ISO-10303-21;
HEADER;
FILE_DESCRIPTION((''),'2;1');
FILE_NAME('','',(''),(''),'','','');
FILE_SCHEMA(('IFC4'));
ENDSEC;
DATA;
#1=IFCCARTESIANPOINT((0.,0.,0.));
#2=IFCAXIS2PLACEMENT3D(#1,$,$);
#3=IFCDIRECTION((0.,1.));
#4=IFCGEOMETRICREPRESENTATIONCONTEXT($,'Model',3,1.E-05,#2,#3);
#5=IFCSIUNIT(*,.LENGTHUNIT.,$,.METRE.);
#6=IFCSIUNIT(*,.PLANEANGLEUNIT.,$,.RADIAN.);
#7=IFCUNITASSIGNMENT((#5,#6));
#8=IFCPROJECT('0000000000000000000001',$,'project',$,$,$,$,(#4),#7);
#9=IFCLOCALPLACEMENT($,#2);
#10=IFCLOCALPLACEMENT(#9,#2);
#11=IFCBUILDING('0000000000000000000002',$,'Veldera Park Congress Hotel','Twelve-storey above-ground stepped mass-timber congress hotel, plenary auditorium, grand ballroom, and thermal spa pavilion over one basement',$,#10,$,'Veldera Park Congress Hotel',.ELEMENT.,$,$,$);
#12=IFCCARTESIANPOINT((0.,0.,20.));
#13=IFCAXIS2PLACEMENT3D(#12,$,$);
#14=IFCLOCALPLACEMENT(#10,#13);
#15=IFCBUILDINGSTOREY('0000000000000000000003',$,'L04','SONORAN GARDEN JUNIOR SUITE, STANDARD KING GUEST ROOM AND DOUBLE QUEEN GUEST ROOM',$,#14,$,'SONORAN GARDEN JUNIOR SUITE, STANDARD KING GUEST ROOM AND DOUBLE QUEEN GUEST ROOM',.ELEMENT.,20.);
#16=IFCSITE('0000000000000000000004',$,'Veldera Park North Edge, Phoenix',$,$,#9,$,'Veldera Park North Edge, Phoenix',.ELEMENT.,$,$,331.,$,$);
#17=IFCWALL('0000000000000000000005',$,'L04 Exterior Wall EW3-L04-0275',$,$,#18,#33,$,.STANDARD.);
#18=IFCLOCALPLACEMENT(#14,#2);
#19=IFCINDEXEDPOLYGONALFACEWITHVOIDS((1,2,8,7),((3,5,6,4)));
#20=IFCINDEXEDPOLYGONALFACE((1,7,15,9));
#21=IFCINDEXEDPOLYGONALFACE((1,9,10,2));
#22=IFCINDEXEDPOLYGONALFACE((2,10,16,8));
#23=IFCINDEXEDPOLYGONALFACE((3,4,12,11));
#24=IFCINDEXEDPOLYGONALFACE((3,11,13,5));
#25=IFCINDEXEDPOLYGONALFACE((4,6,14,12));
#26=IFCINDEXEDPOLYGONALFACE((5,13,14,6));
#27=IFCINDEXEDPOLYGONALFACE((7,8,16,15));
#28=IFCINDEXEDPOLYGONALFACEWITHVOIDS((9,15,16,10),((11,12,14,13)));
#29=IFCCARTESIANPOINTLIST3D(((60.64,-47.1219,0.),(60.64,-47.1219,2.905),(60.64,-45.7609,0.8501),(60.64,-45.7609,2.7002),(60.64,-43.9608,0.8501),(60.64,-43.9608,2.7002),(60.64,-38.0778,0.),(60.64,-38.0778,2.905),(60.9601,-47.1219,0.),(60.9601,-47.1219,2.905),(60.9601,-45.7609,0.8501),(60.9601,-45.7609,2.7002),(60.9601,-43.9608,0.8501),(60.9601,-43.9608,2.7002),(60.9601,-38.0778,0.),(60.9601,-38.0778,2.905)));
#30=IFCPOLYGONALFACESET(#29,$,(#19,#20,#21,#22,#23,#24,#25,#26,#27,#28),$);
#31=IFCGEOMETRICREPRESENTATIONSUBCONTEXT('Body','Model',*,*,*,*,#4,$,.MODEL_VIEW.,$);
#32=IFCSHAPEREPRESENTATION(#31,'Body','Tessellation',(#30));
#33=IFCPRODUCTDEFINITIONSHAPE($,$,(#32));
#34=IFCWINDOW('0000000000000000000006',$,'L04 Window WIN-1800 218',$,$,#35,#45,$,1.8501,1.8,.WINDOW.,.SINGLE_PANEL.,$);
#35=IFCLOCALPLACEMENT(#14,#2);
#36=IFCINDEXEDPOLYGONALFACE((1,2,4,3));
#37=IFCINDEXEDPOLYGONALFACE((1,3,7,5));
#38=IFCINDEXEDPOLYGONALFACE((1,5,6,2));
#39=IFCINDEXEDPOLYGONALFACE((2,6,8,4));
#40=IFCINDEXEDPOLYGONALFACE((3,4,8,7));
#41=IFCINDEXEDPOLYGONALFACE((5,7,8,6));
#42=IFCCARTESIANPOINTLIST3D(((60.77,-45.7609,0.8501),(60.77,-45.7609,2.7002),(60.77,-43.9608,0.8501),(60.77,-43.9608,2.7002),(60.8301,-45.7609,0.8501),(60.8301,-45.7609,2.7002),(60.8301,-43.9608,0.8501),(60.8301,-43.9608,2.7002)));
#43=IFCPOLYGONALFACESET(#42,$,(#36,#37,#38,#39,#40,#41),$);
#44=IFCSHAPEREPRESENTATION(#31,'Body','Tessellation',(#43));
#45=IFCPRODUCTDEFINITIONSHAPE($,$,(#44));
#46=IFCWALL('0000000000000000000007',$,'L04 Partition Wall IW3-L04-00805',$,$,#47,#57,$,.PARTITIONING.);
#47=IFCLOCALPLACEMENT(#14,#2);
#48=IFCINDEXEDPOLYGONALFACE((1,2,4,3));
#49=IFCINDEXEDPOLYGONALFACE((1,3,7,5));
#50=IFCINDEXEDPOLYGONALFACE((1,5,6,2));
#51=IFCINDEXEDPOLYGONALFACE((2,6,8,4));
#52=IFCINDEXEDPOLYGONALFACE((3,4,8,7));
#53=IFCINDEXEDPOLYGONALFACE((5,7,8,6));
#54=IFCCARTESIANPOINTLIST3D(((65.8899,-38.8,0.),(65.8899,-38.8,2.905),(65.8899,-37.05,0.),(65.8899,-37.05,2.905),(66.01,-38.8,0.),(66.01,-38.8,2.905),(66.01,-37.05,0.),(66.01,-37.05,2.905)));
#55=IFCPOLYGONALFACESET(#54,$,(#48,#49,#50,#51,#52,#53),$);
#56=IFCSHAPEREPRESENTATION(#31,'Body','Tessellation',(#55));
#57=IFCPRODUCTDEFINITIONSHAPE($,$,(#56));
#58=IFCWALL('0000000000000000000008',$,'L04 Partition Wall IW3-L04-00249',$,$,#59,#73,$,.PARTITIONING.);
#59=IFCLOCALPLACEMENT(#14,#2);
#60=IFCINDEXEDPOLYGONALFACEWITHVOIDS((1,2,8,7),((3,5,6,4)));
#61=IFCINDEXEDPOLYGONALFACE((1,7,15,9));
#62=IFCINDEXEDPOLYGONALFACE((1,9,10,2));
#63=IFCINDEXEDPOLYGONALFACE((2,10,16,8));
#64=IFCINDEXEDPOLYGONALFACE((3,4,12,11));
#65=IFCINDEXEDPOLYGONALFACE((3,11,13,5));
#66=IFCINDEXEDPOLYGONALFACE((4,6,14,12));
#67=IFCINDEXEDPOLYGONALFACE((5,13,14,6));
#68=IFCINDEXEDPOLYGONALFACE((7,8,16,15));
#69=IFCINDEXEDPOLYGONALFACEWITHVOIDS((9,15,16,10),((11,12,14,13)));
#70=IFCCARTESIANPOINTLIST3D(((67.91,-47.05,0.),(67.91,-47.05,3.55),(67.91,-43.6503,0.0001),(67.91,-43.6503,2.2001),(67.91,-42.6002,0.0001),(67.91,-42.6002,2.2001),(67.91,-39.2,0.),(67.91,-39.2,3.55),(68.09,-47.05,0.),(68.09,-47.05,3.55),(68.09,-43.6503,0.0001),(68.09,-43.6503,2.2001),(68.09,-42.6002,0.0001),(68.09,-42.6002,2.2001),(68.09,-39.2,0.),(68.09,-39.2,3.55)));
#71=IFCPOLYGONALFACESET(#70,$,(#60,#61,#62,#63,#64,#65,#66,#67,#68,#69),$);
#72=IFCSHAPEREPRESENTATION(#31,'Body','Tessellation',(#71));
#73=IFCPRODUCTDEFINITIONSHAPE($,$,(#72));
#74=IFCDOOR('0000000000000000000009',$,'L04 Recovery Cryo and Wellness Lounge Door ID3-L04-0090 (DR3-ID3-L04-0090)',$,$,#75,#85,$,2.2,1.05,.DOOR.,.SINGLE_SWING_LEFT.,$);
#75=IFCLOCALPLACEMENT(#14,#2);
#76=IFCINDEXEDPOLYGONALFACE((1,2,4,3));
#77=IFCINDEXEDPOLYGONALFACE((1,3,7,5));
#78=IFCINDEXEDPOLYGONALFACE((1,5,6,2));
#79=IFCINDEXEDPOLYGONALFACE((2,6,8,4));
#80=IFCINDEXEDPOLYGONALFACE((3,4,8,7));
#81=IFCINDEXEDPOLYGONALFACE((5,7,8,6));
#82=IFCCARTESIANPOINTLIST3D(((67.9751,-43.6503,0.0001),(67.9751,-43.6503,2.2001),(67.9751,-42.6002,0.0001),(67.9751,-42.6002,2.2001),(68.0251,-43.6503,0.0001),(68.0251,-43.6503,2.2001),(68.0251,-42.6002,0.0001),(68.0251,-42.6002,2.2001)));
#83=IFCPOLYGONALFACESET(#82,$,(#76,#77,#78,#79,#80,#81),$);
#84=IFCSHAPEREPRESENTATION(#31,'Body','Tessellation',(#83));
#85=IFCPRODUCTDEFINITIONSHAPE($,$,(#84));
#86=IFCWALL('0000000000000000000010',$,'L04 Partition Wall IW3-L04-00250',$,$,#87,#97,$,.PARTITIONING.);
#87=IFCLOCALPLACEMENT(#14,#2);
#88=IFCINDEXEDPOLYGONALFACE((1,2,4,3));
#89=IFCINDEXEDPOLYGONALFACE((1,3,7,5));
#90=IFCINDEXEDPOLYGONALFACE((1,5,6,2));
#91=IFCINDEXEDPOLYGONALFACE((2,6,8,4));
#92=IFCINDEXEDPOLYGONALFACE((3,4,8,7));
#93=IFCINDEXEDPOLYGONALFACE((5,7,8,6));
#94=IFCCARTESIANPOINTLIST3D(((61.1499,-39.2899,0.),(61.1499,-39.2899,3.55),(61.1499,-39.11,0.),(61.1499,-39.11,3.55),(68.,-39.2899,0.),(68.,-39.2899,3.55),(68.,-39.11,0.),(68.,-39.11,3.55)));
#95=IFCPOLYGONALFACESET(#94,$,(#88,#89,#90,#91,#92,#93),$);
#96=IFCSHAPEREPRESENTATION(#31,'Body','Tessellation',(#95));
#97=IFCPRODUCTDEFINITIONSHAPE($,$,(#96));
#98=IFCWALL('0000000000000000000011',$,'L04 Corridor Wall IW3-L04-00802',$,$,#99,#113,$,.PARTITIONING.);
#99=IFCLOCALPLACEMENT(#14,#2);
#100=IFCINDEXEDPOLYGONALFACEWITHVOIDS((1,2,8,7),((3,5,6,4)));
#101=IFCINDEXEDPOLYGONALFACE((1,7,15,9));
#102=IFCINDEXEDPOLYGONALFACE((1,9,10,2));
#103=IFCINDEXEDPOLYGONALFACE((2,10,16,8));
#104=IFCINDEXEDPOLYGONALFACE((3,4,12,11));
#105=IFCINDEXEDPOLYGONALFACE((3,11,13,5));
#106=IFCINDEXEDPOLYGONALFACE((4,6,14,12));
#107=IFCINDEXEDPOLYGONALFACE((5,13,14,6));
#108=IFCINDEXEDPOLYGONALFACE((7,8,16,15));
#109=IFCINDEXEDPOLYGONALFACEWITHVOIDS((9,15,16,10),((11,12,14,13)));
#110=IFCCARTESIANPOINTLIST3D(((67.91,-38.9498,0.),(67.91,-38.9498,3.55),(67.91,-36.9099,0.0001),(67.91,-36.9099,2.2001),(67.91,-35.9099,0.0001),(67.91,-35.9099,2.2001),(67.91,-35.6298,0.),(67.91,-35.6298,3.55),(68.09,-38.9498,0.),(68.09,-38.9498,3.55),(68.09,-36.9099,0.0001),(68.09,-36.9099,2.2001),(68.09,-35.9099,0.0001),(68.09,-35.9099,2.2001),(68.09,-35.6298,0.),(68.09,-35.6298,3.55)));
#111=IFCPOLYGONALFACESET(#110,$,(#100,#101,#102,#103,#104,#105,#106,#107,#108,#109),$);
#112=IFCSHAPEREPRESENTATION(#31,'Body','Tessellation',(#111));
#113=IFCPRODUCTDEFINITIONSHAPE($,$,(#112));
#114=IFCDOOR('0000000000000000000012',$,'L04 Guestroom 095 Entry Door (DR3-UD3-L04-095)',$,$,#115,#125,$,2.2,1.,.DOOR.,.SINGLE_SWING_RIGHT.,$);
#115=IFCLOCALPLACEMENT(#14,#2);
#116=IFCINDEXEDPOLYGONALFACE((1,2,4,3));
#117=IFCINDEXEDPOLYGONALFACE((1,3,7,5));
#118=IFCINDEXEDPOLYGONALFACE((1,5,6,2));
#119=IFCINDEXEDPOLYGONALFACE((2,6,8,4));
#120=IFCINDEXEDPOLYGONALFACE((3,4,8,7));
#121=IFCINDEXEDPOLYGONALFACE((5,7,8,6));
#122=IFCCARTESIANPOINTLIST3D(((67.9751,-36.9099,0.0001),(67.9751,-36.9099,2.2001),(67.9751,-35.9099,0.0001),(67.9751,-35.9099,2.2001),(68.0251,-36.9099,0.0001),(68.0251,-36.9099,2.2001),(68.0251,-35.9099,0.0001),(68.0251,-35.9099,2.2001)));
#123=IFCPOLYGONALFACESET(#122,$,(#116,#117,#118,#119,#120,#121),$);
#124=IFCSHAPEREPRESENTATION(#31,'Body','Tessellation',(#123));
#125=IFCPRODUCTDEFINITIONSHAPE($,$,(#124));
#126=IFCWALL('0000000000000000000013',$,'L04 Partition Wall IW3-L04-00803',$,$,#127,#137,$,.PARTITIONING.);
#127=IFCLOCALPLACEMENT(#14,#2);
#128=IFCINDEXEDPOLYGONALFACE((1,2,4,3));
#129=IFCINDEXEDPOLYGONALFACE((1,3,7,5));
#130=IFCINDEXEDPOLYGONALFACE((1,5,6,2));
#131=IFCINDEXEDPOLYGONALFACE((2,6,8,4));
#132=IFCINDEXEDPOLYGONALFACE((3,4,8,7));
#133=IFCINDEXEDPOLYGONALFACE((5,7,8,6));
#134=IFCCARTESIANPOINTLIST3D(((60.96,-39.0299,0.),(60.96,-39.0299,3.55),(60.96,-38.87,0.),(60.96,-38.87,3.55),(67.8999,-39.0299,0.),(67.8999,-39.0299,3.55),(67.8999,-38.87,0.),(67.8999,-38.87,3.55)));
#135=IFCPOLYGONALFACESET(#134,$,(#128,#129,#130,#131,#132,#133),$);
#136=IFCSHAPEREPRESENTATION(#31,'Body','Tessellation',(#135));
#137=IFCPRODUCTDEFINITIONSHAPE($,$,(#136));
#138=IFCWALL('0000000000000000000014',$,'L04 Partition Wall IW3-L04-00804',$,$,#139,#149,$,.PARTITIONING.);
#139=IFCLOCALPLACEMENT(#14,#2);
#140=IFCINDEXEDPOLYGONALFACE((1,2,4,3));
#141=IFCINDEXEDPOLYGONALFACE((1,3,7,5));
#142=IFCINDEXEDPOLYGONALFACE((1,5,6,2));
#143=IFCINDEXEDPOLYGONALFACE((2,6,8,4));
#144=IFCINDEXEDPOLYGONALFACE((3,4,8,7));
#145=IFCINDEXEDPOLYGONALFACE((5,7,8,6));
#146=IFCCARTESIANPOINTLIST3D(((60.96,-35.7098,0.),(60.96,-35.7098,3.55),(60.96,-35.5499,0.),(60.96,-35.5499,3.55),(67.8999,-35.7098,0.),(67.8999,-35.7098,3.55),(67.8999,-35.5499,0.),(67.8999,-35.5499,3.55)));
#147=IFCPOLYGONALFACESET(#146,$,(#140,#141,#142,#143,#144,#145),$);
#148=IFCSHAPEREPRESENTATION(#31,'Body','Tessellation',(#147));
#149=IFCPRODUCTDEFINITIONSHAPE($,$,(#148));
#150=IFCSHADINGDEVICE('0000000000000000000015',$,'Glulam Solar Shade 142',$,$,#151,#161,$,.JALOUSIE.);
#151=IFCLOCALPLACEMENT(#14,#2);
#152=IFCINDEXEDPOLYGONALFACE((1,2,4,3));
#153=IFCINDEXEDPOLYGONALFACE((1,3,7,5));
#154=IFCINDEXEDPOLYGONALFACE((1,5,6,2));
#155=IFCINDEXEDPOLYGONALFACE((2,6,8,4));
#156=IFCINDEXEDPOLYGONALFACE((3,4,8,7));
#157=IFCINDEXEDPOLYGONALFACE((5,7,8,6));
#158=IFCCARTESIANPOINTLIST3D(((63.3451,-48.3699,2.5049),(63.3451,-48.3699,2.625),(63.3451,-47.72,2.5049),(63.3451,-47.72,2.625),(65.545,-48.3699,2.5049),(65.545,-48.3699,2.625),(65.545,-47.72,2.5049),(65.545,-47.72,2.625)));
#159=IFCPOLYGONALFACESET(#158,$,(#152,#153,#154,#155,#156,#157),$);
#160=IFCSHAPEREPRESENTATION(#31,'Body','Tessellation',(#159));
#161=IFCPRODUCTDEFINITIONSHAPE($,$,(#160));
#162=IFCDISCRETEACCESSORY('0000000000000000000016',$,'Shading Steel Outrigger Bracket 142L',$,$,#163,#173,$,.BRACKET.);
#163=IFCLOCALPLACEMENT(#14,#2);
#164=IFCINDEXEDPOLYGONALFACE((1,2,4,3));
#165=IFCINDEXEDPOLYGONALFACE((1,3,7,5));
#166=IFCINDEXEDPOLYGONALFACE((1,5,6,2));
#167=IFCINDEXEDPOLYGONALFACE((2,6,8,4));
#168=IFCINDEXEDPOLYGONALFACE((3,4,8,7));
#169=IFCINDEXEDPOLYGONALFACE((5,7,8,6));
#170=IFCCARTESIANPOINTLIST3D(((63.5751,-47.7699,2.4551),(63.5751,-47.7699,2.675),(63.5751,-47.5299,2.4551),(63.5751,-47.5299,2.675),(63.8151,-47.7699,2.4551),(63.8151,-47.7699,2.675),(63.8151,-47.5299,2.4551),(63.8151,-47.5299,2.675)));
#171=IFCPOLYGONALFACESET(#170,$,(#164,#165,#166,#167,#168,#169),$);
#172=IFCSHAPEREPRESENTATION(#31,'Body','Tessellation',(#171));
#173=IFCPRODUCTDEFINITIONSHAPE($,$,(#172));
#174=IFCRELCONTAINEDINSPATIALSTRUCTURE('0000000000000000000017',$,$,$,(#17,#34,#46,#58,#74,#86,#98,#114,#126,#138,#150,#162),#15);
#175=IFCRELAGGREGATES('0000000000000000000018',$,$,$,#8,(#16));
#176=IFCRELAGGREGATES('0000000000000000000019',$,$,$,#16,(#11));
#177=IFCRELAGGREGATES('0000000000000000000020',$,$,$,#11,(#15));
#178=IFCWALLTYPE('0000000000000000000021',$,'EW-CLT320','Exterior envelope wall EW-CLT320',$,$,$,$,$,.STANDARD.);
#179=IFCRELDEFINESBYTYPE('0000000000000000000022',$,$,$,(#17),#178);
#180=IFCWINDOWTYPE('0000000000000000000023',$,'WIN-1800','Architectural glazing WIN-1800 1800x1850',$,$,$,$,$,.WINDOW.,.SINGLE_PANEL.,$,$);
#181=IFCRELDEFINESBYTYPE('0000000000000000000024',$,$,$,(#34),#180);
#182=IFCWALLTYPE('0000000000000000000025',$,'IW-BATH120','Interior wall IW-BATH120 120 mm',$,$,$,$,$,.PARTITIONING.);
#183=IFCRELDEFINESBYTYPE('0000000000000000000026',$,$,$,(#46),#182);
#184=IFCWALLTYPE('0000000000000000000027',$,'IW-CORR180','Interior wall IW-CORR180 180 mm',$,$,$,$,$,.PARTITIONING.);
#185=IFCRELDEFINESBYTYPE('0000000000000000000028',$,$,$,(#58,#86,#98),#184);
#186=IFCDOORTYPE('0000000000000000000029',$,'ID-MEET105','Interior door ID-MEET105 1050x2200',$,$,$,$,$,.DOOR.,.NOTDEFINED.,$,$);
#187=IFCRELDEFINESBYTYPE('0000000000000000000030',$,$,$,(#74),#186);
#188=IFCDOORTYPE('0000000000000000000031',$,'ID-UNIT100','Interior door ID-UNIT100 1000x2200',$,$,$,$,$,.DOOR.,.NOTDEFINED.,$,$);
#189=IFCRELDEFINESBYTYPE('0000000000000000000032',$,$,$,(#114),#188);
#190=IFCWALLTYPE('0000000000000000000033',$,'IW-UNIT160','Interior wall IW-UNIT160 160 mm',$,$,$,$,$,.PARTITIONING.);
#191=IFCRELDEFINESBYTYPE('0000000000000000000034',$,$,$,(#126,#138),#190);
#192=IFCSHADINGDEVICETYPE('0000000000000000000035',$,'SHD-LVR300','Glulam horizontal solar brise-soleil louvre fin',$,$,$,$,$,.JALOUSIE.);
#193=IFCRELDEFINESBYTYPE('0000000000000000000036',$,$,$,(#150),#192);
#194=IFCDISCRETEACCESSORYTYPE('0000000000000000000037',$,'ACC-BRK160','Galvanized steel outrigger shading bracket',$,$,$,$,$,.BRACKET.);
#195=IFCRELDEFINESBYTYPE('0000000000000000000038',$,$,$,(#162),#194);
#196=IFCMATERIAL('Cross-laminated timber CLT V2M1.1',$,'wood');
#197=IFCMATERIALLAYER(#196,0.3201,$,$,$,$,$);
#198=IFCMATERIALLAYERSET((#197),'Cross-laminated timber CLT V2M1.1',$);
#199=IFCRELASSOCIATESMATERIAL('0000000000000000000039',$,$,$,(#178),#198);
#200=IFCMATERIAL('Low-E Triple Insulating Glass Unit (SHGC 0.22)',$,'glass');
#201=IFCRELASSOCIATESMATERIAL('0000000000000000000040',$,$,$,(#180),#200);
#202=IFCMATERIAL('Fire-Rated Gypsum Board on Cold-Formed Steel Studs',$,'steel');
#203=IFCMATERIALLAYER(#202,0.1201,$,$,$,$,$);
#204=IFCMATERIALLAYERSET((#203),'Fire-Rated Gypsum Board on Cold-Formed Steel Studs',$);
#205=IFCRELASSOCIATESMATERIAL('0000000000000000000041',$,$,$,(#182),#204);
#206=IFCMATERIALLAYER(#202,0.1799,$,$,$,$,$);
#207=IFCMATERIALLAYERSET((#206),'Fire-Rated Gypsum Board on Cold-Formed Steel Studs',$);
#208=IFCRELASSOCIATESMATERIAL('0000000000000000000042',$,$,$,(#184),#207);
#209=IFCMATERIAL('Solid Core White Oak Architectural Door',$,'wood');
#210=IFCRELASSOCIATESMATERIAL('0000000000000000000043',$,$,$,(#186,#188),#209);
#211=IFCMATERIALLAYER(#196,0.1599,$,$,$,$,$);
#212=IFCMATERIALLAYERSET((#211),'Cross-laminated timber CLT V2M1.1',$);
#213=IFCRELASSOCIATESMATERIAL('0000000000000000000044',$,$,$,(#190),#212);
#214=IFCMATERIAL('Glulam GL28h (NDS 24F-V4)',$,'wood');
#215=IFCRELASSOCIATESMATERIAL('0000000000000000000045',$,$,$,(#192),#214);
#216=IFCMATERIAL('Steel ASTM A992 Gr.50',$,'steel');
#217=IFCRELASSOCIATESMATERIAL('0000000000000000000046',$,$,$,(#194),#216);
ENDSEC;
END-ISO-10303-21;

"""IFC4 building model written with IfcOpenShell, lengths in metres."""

from ifc_helpers import new_model, si_unit, direction, frame, frame_2d, origin, origin_2d, place, context, subcontext, project, spatial, rectangle, extrude, material, layer, layer_set, type_object, element, fill, save


model = new_model("IFC4")

# Units and contexts
model_context = context("Model", 3, precision=1e-05, world=origin(), true_north=direction((0.0, 1.0)))
body_context = subcontext(model_context, "Body", "Model", "MODEL_VIEW")
ifc_project = project(units=[si_unit("LENGTHUNIT", "METRE"), si_unit("PLANEANGLEUNIT", "RADIAN")], contexts=[model_context])

# Site, building, storey
site_placement = place(None, origin())
site = spatial("IfcSite", under=ifc_project, at=site_placement, Name="Veldera Park North Edge, Phoenix", LongName="Veldera Park North Edge, Phoenix", CompositionType="ELEMENT", RefElevation=331.0)
building_placement = place(site_placement, origin())
building = spatial("IfcBuilding", under=site, at=building_placement, Name="Veldera Park Congress Hotel", Description="Twelve-storey above-ground stepped mass-timber congress hotel, plenary auditorium, grand ballroom, and thermal spa pavilion over one basement", LongName="Veldera Park Congress Hotel", CompositionType="ELEMENT")
storey_placement = place(building_placement, frame((0.0, 0.0, 20.0)))
storey = spatial("IfcBuildingStorey", under=building, at=storey_placement, Name="L04", Description="SONORAN GARDEN JUNIOR SUITE, STANDARD KING GUEST ROOM AND DOUBLE QUEEN GUEST ROOM", LongName="SONORAN GARDEN JUNIOR SUITE, STANDARD KING GUEST ROOM AND DOUBLE QUEEN GUEST ROOM", CompositionType="ELEMENT", Elevation=20.0)

# Shared definitions
ifc_material_1 = material(Name="Glulam GL28h (NDS 24F-V4)", Category="wood")

# Shared definitions
ifc_material_2 = material(Name="Cross-laminated timber CLT V2M1.1", Category="wood")
ifc_layer_1 = layer(ifc_material_2, 0.3201)
ifc_layer_set_1 = layer_set([ifc_layer_1], Name="Cross-laminated timber CLT V2M1.1")
wall_type_1 = type_object("IfcWallType", Name="EW-CLT320", Description="Exterior envelope wall EW-CLT320", PredefinedType="STANDARD", material=ifc_layer_set_1)
ifc_material_3 = material(Name="Low-E Triple Insulating Glass Unit (SHGC 0.22)", Category="glass")
window_type = type_object("IfcWindowType", Name="WIN-1800", Description="Architectural glazing WIN-1800 1800x1850", PartitioningType="SINGLE_PANEL", PredefinedType="WINDOW", material=ifc_material_3)

# Wall, opening, window
wall_1_placement = place(storey_placement, frame((60.8, -38.0779, 0.0), z_axis=(0.0, 0.0, 1.0), x_axis=(0.0, -1.0, 0.0)))
wall_1 = element("IfcWall", 1, at=wall_1_placement, inside=storey, type_object=wall_type_1, Name="L04 Exterior Wall EW3-L04-0275", PredefinedType="STANDARD", context=body_context, shape_type="SweptSolid", body=[
    extrude(rectangle(XDim=9.0442, YDim=0.3201, at=frame_2d((4.522, 0.0))), origin(), (0.0, 0.0, 1.0), 2.905),
])
opening_1_placement = place(wall_1_placement, frame((5.8831, 0.0, 0.8501)))
opening_1 = element("IfcOpeningElement", 2, at=opening_1_placement, cuts=wall_1, PredefinedType="OPENING", context=body_context, shape_type="SweptSolid", body=[
    extrude(rectangle(XDim=1.8, YDim=1.8501, at=frame_2d((0.8999, 0.925))), frame((0.0, 0.1721, 0.0), z_axis=(0.0, -1.0, 0.0), x_axis=(1.0, 0.0, 0.0)), (0.0, 0.0, 1.0), 0.344),
])
window_1_placement = place(opening_1_placement, origin())
window_1 = element("IfcWindow", 3, at=window_1_placement, inside=storey, type_object=window_type, Name="L04 Window WIN-1800 218", OverallHeight=1.8501, OverallWidth=1.8, PartitioningType="SINGLE_PANEL", PredefinedType="WINDOW", context=body_context, shape_type="SweptSolid", body=[
    extrude(rectangle(XDim=1.8, YDim=1.8501, at=frame_2d((0.8999, 0.925))), frame((0.0, 0.03, 0.0), z_axis=(0.0, -1.0, 0.0), x_axis=(1.0, 0.0, 0.0)), (0.0, 0.0, 1.0), 0.0601),
])
fill(opening_1, window_1)

# Wall
ifc_material_4 = material(Name="Fire-Rated Gypsum Board on Cold-Formed Steel Studs", Category="steel")
ifc_layer_2 = layer(ifc_material_4, 0.1201)
ifc_layer_set_2 = layer_set([ifc_layer_2], Name="Fire-Rated Gypsum Board on Cold-Formed Steel Studs")
wall_type_2 = type_object("IfcWallType", Name="IW-BATH120", Description="Interior wall IW-BATH120 120 mm", PredefinedType="PARTITIONING", material=ifc_layer_set_2)
wall_2_placement = place(storey_placement, frame((65.95, -38.8, 0.0), z_axis=(0.0, 0.0, 1.0), x_axis=(0.0, 1.0, 0.0)))
element("IfcWall", 4, at=wall_2_placement, inside=storey, type_object=wall_type_2, Name="L04 Partition Wall IW3-L04-00805", PredefinedType="PARTITIONING", context=body_context, shape_type="SweptSolid", body=[
    extrude(rectangle(XDim=1.75, YDim=0.1201, at=frame_2d((0.875, 0.0))), origin(), (0.0, 0.0, 1.0), 2.905),
])

# Wall, opening, door
ifc_material_5 = material(Name="Solid Core White Oak Architectural Door", Category="wood")
ifc_layer_3 = layer(ifc_material_4, 0.1799)
ifc_layer_set_3 = layer_set([ifc_layer_3], Name="Fire-Rated Gypsum Board on Cold-Formed Steel Studs")
wall_type_3 = type_object("IfcWallType", Name="IW-CORR180", Description="Interior wall IW-CORR180 180 mm", PredefinedType="PARTITIONING", material=ifc_layer_set_3)
wall_3_placement = place(storey_placement, frame((68.0, -47.05, 0.0), z_axis=(0.0, 0.0, 1.0), x_axis=(0.0, 1.0, 0.0)))
wall_3 = element("IfcWall", 5, at=wall_3_placement, inside=storey, type_object=wall_type_3, Name="L04 Partition Wall IW3-L04-00249", PredefinedType="PARTITIONING", context=body_context, shape_type="SweptSolid", body=[
    extrude(rectangle(XDim=7.8501, YDim=0.1799, at=frame_2d((3.925, 0.0))), origin(), (0.0, 0.0, 1.0), 3.55),
])
opening_2_placement = place(wall_3_placement, frame((3.3999, 0.0, 0.0)))
opening_2 = element("IfcOpeningElement", 6, at=opening_2_placement, cuts=wall_3, PredefinedType="OPENING", context=body_context, shape_type="SweptSolid", body=[
    extrude(rectangle(XDim=1.05, YDim=2.2, at=frame_2d((0.5249, 1.1001))), frame((0.0, 0.1021, 0.0), z_axis=(0.0, -1.0, 0.0), x_axis=(1.0, 0.0, 0.0)), (0.0, 0.0, 1.0), 0.2039),
])
door_type_1 = type_object("IfcDoorType", Name="ID-MEET105", Description="Interior door ID-MEET105 1050x2200", OperationType="NOTDEFINED", PredefinedType="DOOR", material=ifc_material_5)
door_1_placement = place(opening_2_placement, origin())
door_1 = element("IfcDoor", 7, at=door_1_placement, inside=storey, type_object=door_type_1, Name="L04 Recovery Cryo and Wellness Lounge Door ID3-L04-0090 (DR3-ID3-L04-0090)", OperationType="SINGLE_SWING_LEFT", OverallHeight=2.2, OverallWidth=1.05, PredefinedType="DOOR", context=body_context, shape_type="SweptSolid", body=[
    extrude(rectangle(XDim=1.05, YDim=2.2, at=frame_2d((0.5249, 1.1001))), frame((0.0, 0.0249, 0.0), z_axis=(0.0, -1.0, 0.0), x_axis=(1.0, 0.0, 0.0)), (0.0, 0.0, 1.0), 0.05),
])
fill(opening_2, door_1)

# Wall
wall_4_placement = place(storey_placement, frame((68.0, -39.2, 0.0), z_axis=(0.0, 0.0, 1.0), x_axis=(-1.0, 0.0, 0.0)))
element("IfcWall", 8, at=wall_4_placement, inside=storey, type_object=wall_type_3, Name="L04 Partition Wall IW3-L04-00250", PredefinedType="PARTITIONING", context=body_context, shape_type="SweptSolid", body=[
    extrude(rectangle(XDim=6.8501, YDim=0.1799, at=frame_2d((3.425, 0.0))), origin(), (0.0, 0.0, 1.0), 3.55),
])

# Wall, opening, door
wall_5_placement = place(storey_placement, frame((68.0, -38.95, 0.0), z_axis=(0.0, 0.0, 1.0), x_axis=(0.0, 1.0, 0.0)))
wall_5 = element("IfcWall", 9, at=wall_5_placement, inside=storey, type_object=wall_type_3, Name="L04 Corridor Wall IW3-L04-00802", PredefinedType="PARTITIONING", context=body_context, shape_type="SweptSolid", body=[
    extrude(rectangle(XDim=3.3201, YDim=0.1799, at=frame_2d((1.6602, 0.0))), origin(), (0.0, 0.0, 1.0), 3.55),
])
opening_3_placement = place(wall_5_placement, frame((2.04, 0.0, 0.0)))
opening_3 = element("IfcOpeningElement", 10, at=opening_3_placement, cuts=wall_5, PredefinedType="OPENING", context=body_context, shape_type="SweptSolid", body=[
    extrude(rectangle(XDim=1.0, YDim=2.2, at=frame_2d((0.5, 1.1001))), frame((0.0, 0.1021, 0.0), z_axis=(0.0, -1.0, 0.0), x_axis=(1.0, 0.0, 0.0)), (0.0, 0.0, 1.0), 0.2039),
])
door_type_2 = type_object("IfcDoorType", Name="ID-UNIT100", Description="Interior door ID-UNIT100 1000x2200", OperationType="NOTDEFINED", PredefinedType="DOOR", material=ifc_material_5)
door_2_placement = place(opening_3_placement, origin())
door_2 = element("IfcDoor", 11, at=door_2_placement, inside=storey, type_object=door_type_2, Name="L04 Guestroom 095 Entry Door (DR3-UD3-L04-095)", OperationType="SINGLE_SWING_RIGHT", OverallHeight=2.2, OverallWidth=1.0, PredefinedType="DOOR", context=body_context, shape_type="SweptSolid", body=[
    extrude(rectangle(XDim=1.0, YDim=2.2, at=frame_2d((0.5, 1.1001))), frame((0.0, 0.0249, 0.0), z_axis=(0.0, -1.0, 0.0), x_axis=(1.0, 0.0, 0.0)), (0.0, 0.0, 1.0), 0.05),
])
fill(opening_3, door_2)

# Walls
ifc_layer_4 = layer(ifc_material_2, 0.1599)
ifc_layer_set_4 = layer_set([ifc_layer_4], Name="Cross-laminated timber CLT V2M1.1")
wall_type_4 = type_object("IfcWallType", Name="IW-UNIT160", Description="Interior wall IW-UNIT160 160 mm", PredefinedType="PARTITIONING", material=ifc_layer_set_4)
for number, where, z_axis, x_axis, name in (
    (12, (60.96, -38.95, 0.0), (0.0, 0.0, 1.0), (1.0, 0.0, 0.0), "L04 Partition Wall IW3-L04-00803"),
    (13, (60.96, -35.6299, 0.0), (0.0, 0.0, 1.0), (1.0, 0.0, 0.0), "L04 Partition Wall IW3-L04-00804"),
):
    element("IfcWall", number, at=place(storey_placement, frame(where, z_axis=z_axis, x_axis=x_axis)), inside=storey, type_object=wall_type_4, Name=name, PredefinedType="PARTITIONING", context=body_context, shape_type="SweptSolid", body=[
        extrude(rectangle(XDim=6.9399, YDim=0.1599, at=frame_2d((3.47, 0.0))), origin(), (0.0, 0.0, 1.0), 3.55),
    ])

# Shading device
shading_device_type = type_object("IfcShadingDeviceType", Name="SHD-LVR300", Description="Glulam horizontal solar brise-soleil louvre fin", PredefinedType="JALOUSIE", material=ifc_material_1)
shading_device_placement = place(storey_placement, frame((64.4451, -48.0449, 2.5049), z_axis=(0.0, 0.0, 1.0), x_axis=(1.0, 0.0, 0.0)))
element("IfcShadingDevice", 14, at=shading_device_placement, inside=storey, type_object=shading_device_type, Name="Glulam Solar Shade 142", PredefinedType="JALOUSIE", context=body_context, shape_type="SweptSolid", body=[
    extrude(rectangle(XDim=2.2, YDim=0.6499, at=origin_2d()), origin(), (0.0, 0.0, 1.0), 0.1201),
])

# Discrete accessory
ifc_material_6 = material(Name="Steel ASTM A992 Gr.50", Category="steel")
discrete_accessory_type = type_object("IfcDiscreteAccessoryType", Name="ACC-BRK160", Description="Galvanized steel outrigger shading bracket", PredefinedType="BRACKET", material=ifc_material_6)
for number, where, z_axis, x_axis, name in (
    (15, (63.6951, -47.6499, 2.4551), (0.0, 0.0, 1.0), (1.0, 0.0, 0.0), "Shading Steel Outrigger Bracket 142L"),
):
    element("IfcDiscreteAccessory", number, at=place(storey_placement, frame(where, z_axis=z_axis, x_axis=x_axis)), inside=storey, type_object=discrete_accessory_type, Name=name, PredefinedType="BRACKET", context=body_context, shape_type="SweptSolid", body=[
        extrude(rectangle(XDim=0.24, YDim=0.24, at=origin_2d()), origin(), (0.0, 0.0, 1.0), 0.22),
    ])

save(model, "model.ifc")
